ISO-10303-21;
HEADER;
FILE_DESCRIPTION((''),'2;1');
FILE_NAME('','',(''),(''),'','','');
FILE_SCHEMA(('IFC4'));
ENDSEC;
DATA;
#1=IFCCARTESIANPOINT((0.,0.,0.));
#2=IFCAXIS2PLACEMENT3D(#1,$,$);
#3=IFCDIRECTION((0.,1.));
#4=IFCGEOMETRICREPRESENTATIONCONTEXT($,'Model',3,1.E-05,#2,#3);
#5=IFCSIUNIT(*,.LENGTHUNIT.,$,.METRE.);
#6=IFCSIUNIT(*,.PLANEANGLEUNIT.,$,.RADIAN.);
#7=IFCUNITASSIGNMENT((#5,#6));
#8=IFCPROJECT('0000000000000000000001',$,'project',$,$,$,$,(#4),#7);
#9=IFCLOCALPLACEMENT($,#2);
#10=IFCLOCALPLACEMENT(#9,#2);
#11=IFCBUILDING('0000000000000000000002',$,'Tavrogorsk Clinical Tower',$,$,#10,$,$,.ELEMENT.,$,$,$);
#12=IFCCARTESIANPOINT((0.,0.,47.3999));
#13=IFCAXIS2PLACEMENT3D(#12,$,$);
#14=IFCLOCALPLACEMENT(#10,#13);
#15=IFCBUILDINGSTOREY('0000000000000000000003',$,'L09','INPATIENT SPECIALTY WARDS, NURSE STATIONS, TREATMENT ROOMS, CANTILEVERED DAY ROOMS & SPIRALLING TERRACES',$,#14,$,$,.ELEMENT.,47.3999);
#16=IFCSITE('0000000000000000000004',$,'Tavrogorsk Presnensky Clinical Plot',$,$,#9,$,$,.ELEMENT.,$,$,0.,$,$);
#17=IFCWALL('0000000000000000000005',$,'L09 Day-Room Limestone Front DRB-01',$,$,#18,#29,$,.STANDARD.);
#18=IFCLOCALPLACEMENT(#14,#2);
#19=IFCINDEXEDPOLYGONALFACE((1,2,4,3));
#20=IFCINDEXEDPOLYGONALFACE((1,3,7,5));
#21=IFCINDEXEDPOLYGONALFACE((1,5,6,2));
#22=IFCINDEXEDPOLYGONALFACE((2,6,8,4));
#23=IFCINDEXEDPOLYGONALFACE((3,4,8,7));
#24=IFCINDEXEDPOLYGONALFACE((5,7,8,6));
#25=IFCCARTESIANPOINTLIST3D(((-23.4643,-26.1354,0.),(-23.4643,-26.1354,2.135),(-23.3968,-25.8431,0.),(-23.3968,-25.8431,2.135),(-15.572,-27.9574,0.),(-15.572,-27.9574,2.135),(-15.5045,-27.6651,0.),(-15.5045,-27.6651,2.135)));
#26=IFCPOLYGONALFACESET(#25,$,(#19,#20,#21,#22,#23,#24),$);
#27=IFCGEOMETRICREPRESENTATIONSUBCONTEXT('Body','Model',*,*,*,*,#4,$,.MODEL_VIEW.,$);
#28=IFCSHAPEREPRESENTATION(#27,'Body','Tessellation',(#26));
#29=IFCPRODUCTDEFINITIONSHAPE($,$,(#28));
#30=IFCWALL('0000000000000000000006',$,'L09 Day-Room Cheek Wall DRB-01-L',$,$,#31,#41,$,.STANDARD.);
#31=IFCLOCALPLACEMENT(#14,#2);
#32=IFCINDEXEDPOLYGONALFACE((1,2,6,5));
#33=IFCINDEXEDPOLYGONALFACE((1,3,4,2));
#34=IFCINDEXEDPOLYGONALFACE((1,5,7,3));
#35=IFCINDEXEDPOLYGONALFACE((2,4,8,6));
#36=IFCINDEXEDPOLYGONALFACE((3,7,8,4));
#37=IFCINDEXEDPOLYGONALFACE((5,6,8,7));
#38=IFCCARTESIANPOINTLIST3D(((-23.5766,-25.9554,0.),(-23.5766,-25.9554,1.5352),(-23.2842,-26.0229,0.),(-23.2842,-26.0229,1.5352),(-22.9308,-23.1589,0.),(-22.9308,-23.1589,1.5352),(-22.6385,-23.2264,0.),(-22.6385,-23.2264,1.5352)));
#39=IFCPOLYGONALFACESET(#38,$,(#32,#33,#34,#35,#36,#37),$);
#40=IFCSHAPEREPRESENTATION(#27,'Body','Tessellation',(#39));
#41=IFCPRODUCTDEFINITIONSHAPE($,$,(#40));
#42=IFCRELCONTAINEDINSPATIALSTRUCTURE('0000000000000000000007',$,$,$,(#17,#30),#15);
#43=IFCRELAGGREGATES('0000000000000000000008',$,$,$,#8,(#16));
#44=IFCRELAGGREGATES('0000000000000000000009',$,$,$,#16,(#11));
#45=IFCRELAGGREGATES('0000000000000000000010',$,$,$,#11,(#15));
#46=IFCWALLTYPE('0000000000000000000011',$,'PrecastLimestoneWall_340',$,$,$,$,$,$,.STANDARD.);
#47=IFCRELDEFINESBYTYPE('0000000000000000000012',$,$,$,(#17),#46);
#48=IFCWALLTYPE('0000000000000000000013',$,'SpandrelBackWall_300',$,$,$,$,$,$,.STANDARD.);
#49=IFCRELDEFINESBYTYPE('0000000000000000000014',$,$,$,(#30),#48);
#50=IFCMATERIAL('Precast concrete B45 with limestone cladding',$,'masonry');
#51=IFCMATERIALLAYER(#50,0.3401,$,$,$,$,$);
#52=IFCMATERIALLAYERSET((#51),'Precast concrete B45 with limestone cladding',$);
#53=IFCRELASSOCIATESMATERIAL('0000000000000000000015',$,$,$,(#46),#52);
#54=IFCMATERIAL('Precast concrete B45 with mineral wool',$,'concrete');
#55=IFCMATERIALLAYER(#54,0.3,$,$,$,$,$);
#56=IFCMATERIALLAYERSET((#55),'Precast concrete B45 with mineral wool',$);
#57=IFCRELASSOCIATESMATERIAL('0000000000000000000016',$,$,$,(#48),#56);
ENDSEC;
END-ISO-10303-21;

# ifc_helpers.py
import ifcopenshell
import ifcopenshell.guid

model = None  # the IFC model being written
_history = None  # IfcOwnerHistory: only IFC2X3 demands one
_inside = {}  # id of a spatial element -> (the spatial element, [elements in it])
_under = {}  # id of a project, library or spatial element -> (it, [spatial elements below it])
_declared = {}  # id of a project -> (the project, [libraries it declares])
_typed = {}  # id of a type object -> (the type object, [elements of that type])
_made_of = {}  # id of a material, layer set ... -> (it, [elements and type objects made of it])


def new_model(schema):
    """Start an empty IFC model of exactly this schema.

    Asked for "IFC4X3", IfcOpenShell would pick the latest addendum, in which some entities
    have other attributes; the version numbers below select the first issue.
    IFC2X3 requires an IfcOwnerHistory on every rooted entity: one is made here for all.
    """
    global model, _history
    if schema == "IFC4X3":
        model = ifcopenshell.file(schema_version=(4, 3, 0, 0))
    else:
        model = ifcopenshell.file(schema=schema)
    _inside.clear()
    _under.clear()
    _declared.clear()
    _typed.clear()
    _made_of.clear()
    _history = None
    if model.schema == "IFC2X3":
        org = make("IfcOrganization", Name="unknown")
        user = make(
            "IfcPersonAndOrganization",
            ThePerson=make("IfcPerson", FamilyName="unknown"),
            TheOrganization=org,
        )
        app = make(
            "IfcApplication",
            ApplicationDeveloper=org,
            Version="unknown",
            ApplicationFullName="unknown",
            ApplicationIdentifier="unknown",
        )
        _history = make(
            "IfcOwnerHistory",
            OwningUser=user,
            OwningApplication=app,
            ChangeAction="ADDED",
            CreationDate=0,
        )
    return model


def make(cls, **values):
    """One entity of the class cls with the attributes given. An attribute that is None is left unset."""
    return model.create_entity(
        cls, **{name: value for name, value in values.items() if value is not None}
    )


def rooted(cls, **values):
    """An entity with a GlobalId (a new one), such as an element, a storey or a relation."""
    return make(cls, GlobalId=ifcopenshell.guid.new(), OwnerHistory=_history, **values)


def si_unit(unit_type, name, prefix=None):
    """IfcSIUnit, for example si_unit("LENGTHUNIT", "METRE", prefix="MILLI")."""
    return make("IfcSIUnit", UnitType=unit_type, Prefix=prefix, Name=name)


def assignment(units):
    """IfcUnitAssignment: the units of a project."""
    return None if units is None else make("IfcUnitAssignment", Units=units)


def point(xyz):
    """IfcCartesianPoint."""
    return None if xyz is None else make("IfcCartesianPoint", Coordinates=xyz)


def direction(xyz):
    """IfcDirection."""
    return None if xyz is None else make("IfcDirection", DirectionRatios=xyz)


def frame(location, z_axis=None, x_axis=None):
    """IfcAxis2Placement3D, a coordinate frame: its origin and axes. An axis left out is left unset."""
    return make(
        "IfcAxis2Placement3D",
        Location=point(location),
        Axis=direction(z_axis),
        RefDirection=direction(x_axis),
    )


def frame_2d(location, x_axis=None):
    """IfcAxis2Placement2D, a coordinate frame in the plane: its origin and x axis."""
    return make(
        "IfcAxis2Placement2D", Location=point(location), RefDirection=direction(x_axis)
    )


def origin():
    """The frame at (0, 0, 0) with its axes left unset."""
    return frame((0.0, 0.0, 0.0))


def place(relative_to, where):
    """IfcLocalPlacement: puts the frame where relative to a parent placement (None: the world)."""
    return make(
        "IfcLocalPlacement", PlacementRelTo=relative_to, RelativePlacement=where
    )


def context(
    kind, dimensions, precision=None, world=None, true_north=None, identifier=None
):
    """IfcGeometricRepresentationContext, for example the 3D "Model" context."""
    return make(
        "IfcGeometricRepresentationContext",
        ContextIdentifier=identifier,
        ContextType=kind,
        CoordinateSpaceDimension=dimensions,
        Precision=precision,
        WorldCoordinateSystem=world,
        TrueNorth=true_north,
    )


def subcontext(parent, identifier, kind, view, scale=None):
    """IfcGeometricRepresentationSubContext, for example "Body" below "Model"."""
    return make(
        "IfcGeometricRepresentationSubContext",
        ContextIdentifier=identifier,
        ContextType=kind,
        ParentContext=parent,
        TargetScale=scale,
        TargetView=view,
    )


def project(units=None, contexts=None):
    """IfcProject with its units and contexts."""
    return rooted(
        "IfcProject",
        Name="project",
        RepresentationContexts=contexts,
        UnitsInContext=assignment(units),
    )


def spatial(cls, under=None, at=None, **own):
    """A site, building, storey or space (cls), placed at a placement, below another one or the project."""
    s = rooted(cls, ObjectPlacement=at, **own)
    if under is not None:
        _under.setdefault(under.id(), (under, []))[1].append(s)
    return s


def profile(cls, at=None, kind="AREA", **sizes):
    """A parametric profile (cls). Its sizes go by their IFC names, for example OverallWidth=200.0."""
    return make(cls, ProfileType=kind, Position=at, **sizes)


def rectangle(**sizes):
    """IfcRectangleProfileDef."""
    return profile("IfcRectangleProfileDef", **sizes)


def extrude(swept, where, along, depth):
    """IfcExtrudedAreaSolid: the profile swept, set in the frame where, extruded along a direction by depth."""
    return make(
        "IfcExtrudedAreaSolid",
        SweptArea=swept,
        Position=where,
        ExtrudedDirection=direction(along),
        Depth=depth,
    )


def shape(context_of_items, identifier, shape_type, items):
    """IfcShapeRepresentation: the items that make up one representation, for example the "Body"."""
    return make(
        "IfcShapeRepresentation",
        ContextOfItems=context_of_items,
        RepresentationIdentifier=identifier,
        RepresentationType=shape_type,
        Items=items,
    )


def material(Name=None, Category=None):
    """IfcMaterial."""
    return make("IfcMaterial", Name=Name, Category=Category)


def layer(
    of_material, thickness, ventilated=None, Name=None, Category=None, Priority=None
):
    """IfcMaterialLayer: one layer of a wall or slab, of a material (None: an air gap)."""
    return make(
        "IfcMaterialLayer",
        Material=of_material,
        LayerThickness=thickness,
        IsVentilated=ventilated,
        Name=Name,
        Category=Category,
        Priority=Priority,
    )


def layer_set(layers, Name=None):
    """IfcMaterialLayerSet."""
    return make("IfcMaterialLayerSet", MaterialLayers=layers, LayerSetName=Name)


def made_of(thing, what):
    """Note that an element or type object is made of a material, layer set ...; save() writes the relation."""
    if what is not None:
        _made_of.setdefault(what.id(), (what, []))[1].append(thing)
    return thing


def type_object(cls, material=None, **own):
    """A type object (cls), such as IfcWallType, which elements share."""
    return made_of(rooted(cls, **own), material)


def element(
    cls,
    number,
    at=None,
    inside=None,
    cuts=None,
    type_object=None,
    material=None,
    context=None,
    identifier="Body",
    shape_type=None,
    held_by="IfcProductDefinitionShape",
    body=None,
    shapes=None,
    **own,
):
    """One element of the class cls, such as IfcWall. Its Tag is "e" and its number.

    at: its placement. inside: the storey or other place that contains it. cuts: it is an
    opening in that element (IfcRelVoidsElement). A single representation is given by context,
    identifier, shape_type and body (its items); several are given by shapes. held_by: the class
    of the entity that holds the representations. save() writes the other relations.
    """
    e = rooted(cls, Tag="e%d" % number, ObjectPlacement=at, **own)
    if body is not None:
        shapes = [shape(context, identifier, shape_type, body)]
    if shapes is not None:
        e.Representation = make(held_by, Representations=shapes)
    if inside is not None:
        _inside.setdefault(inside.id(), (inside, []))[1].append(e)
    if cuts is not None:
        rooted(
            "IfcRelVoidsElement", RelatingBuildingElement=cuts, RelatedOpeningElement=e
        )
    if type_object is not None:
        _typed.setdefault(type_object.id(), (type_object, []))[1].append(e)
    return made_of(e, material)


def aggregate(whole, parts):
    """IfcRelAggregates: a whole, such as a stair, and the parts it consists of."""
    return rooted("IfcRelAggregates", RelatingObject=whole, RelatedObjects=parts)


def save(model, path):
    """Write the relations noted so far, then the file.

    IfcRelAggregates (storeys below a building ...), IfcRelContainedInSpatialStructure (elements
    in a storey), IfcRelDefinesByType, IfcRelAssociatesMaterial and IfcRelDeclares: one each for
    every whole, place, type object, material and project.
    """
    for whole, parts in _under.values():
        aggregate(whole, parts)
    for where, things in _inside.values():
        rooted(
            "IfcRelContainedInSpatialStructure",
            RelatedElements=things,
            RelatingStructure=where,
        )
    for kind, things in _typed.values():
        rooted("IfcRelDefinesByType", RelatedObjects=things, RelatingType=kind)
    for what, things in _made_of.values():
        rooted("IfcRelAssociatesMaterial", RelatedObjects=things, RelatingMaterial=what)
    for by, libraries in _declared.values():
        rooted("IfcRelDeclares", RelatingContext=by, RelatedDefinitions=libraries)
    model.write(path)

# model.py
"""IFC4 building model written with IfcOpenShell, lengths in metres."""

from ifc_helpers import new_model, si_unit, direction, frame, frame_2d, origin, place, context, subcontext, project, spatial, rectangle, extrude, material, layer, layer_set, type_object, element, save


model = new_model("IFC4")

# Units and contexts
model_context = context("Model", 3, precision=1e-05, world=origin(), true_north=direction((0.0, 1.0)))
body_context = subcontext(model_context, "Body", "Model", "MODEL_VIEW")
ifc_project = project(units=[si_unit("LENGTHUNIT", "METRE"), si_unit("PLANEANGLEUNIT", "RADIAN")], contexts=[model_context])

# Site, building, storey
site_placement = place(None, origin())
site = spatial("IfcSite", under=ifc_project, at=site_placement, Name="Tavrogorsk Presnensky Clinical Plot", CompositionType="ELEMENT", RefElevation=0.0)
building_placement = place(site_placement, origin())
building = spatial("IfcBuilding", under=site, at=building_placement, Name="Tavrogorsk Clinical Tower", CompositionType="ELEMENT")
storey_placement = place(building_placement, frame((0.0, 0.0, 47.3999)))
storey = spatial("IfcBuildingStorey", under=building, at=storey_placement, Name="L09", Description="INPATIENT SPECIALTY WARDS, NURSE STATIONS, TREATMENT ROOMS, CANTILEVERED DAY ROOMS & SPIRALLING TERRACES", CompositionType="ELEMENT", Elevation=47.3999)

# Walls
ifc_material_1 = material(Name="Precast concrete B45 with limestone cladding", Category="masonry")
ifc_layer_1 = layer(ifc_material_1, 0.3401)
ifc_layer_set_1 = layer_set([ifc_layer_1], Name="Precast concrete B45 with limestone cladding")
wall_type_1 = type_object("IfcWallType", Name="PrecastLimestoneWall_340", PredefinedType="STANDARD", material=ifc_layer_set_1)
wall_1_placement = place(storey_placement, frame((-23.4304, -25.9893, 0.0), z_axis=(0.0, 0.0, 1.0), x_axis=(0.974372, -0.224943, 0.0)))
element("IfcWall", 1, at=wall_1_placement, inside=storey, type_object=wall_type_1, Name="L09 Day-Room Limestone Front DRB-01", PredefinedType="STANDARD", context=body_context, shape_type="SweptSolid", body=[
    extrude(rectangle(XDim=8.0999, YDim=0.3, at=frame_2d((4.0498, 0.0))), origin(), (0.0, 0.0, 1.0), 2.135),
])
ifc_material_2 = material(Name="Precast concrete B45 with mineral wool", Category="concrete")
ifc_layer_2 = layer(ifc_material_2, 0.3)
ifc_layer_set_2 = layer_set([ifc_layer_2], Name="Precast concrete B45 with mineral wool")
wall_type_2 = type_object("IfcWallType", Name="SpandrelBackWall_300", PredefinedType="STANDARD", material=ifc_layer_set_2)
wall_2_placement = place(storey_placement, frame((-22.7847, -23.1926, 0.0), z_axis=(0.0, 0.0, 1.0), x_axis=(-0.224984, -0.974363, 0.0)))
element("IfcWall", 2, at=wall_2_placement, inside=storey, type_object=wall_type_2, Name="L09 Day-Room Cheek Wall DRB-01-L", PredefinedType="STANDARD", context=body_context, shape_type="SweptSolid", body=[
    extrude(rectangle(XDim=2.8701, YDim=0.3, at=frame_2d((1.4351, 0.0))), origin(), (0.0, 0.0, 1.0), 1.5352),
])

save(model, "model.ifc")
